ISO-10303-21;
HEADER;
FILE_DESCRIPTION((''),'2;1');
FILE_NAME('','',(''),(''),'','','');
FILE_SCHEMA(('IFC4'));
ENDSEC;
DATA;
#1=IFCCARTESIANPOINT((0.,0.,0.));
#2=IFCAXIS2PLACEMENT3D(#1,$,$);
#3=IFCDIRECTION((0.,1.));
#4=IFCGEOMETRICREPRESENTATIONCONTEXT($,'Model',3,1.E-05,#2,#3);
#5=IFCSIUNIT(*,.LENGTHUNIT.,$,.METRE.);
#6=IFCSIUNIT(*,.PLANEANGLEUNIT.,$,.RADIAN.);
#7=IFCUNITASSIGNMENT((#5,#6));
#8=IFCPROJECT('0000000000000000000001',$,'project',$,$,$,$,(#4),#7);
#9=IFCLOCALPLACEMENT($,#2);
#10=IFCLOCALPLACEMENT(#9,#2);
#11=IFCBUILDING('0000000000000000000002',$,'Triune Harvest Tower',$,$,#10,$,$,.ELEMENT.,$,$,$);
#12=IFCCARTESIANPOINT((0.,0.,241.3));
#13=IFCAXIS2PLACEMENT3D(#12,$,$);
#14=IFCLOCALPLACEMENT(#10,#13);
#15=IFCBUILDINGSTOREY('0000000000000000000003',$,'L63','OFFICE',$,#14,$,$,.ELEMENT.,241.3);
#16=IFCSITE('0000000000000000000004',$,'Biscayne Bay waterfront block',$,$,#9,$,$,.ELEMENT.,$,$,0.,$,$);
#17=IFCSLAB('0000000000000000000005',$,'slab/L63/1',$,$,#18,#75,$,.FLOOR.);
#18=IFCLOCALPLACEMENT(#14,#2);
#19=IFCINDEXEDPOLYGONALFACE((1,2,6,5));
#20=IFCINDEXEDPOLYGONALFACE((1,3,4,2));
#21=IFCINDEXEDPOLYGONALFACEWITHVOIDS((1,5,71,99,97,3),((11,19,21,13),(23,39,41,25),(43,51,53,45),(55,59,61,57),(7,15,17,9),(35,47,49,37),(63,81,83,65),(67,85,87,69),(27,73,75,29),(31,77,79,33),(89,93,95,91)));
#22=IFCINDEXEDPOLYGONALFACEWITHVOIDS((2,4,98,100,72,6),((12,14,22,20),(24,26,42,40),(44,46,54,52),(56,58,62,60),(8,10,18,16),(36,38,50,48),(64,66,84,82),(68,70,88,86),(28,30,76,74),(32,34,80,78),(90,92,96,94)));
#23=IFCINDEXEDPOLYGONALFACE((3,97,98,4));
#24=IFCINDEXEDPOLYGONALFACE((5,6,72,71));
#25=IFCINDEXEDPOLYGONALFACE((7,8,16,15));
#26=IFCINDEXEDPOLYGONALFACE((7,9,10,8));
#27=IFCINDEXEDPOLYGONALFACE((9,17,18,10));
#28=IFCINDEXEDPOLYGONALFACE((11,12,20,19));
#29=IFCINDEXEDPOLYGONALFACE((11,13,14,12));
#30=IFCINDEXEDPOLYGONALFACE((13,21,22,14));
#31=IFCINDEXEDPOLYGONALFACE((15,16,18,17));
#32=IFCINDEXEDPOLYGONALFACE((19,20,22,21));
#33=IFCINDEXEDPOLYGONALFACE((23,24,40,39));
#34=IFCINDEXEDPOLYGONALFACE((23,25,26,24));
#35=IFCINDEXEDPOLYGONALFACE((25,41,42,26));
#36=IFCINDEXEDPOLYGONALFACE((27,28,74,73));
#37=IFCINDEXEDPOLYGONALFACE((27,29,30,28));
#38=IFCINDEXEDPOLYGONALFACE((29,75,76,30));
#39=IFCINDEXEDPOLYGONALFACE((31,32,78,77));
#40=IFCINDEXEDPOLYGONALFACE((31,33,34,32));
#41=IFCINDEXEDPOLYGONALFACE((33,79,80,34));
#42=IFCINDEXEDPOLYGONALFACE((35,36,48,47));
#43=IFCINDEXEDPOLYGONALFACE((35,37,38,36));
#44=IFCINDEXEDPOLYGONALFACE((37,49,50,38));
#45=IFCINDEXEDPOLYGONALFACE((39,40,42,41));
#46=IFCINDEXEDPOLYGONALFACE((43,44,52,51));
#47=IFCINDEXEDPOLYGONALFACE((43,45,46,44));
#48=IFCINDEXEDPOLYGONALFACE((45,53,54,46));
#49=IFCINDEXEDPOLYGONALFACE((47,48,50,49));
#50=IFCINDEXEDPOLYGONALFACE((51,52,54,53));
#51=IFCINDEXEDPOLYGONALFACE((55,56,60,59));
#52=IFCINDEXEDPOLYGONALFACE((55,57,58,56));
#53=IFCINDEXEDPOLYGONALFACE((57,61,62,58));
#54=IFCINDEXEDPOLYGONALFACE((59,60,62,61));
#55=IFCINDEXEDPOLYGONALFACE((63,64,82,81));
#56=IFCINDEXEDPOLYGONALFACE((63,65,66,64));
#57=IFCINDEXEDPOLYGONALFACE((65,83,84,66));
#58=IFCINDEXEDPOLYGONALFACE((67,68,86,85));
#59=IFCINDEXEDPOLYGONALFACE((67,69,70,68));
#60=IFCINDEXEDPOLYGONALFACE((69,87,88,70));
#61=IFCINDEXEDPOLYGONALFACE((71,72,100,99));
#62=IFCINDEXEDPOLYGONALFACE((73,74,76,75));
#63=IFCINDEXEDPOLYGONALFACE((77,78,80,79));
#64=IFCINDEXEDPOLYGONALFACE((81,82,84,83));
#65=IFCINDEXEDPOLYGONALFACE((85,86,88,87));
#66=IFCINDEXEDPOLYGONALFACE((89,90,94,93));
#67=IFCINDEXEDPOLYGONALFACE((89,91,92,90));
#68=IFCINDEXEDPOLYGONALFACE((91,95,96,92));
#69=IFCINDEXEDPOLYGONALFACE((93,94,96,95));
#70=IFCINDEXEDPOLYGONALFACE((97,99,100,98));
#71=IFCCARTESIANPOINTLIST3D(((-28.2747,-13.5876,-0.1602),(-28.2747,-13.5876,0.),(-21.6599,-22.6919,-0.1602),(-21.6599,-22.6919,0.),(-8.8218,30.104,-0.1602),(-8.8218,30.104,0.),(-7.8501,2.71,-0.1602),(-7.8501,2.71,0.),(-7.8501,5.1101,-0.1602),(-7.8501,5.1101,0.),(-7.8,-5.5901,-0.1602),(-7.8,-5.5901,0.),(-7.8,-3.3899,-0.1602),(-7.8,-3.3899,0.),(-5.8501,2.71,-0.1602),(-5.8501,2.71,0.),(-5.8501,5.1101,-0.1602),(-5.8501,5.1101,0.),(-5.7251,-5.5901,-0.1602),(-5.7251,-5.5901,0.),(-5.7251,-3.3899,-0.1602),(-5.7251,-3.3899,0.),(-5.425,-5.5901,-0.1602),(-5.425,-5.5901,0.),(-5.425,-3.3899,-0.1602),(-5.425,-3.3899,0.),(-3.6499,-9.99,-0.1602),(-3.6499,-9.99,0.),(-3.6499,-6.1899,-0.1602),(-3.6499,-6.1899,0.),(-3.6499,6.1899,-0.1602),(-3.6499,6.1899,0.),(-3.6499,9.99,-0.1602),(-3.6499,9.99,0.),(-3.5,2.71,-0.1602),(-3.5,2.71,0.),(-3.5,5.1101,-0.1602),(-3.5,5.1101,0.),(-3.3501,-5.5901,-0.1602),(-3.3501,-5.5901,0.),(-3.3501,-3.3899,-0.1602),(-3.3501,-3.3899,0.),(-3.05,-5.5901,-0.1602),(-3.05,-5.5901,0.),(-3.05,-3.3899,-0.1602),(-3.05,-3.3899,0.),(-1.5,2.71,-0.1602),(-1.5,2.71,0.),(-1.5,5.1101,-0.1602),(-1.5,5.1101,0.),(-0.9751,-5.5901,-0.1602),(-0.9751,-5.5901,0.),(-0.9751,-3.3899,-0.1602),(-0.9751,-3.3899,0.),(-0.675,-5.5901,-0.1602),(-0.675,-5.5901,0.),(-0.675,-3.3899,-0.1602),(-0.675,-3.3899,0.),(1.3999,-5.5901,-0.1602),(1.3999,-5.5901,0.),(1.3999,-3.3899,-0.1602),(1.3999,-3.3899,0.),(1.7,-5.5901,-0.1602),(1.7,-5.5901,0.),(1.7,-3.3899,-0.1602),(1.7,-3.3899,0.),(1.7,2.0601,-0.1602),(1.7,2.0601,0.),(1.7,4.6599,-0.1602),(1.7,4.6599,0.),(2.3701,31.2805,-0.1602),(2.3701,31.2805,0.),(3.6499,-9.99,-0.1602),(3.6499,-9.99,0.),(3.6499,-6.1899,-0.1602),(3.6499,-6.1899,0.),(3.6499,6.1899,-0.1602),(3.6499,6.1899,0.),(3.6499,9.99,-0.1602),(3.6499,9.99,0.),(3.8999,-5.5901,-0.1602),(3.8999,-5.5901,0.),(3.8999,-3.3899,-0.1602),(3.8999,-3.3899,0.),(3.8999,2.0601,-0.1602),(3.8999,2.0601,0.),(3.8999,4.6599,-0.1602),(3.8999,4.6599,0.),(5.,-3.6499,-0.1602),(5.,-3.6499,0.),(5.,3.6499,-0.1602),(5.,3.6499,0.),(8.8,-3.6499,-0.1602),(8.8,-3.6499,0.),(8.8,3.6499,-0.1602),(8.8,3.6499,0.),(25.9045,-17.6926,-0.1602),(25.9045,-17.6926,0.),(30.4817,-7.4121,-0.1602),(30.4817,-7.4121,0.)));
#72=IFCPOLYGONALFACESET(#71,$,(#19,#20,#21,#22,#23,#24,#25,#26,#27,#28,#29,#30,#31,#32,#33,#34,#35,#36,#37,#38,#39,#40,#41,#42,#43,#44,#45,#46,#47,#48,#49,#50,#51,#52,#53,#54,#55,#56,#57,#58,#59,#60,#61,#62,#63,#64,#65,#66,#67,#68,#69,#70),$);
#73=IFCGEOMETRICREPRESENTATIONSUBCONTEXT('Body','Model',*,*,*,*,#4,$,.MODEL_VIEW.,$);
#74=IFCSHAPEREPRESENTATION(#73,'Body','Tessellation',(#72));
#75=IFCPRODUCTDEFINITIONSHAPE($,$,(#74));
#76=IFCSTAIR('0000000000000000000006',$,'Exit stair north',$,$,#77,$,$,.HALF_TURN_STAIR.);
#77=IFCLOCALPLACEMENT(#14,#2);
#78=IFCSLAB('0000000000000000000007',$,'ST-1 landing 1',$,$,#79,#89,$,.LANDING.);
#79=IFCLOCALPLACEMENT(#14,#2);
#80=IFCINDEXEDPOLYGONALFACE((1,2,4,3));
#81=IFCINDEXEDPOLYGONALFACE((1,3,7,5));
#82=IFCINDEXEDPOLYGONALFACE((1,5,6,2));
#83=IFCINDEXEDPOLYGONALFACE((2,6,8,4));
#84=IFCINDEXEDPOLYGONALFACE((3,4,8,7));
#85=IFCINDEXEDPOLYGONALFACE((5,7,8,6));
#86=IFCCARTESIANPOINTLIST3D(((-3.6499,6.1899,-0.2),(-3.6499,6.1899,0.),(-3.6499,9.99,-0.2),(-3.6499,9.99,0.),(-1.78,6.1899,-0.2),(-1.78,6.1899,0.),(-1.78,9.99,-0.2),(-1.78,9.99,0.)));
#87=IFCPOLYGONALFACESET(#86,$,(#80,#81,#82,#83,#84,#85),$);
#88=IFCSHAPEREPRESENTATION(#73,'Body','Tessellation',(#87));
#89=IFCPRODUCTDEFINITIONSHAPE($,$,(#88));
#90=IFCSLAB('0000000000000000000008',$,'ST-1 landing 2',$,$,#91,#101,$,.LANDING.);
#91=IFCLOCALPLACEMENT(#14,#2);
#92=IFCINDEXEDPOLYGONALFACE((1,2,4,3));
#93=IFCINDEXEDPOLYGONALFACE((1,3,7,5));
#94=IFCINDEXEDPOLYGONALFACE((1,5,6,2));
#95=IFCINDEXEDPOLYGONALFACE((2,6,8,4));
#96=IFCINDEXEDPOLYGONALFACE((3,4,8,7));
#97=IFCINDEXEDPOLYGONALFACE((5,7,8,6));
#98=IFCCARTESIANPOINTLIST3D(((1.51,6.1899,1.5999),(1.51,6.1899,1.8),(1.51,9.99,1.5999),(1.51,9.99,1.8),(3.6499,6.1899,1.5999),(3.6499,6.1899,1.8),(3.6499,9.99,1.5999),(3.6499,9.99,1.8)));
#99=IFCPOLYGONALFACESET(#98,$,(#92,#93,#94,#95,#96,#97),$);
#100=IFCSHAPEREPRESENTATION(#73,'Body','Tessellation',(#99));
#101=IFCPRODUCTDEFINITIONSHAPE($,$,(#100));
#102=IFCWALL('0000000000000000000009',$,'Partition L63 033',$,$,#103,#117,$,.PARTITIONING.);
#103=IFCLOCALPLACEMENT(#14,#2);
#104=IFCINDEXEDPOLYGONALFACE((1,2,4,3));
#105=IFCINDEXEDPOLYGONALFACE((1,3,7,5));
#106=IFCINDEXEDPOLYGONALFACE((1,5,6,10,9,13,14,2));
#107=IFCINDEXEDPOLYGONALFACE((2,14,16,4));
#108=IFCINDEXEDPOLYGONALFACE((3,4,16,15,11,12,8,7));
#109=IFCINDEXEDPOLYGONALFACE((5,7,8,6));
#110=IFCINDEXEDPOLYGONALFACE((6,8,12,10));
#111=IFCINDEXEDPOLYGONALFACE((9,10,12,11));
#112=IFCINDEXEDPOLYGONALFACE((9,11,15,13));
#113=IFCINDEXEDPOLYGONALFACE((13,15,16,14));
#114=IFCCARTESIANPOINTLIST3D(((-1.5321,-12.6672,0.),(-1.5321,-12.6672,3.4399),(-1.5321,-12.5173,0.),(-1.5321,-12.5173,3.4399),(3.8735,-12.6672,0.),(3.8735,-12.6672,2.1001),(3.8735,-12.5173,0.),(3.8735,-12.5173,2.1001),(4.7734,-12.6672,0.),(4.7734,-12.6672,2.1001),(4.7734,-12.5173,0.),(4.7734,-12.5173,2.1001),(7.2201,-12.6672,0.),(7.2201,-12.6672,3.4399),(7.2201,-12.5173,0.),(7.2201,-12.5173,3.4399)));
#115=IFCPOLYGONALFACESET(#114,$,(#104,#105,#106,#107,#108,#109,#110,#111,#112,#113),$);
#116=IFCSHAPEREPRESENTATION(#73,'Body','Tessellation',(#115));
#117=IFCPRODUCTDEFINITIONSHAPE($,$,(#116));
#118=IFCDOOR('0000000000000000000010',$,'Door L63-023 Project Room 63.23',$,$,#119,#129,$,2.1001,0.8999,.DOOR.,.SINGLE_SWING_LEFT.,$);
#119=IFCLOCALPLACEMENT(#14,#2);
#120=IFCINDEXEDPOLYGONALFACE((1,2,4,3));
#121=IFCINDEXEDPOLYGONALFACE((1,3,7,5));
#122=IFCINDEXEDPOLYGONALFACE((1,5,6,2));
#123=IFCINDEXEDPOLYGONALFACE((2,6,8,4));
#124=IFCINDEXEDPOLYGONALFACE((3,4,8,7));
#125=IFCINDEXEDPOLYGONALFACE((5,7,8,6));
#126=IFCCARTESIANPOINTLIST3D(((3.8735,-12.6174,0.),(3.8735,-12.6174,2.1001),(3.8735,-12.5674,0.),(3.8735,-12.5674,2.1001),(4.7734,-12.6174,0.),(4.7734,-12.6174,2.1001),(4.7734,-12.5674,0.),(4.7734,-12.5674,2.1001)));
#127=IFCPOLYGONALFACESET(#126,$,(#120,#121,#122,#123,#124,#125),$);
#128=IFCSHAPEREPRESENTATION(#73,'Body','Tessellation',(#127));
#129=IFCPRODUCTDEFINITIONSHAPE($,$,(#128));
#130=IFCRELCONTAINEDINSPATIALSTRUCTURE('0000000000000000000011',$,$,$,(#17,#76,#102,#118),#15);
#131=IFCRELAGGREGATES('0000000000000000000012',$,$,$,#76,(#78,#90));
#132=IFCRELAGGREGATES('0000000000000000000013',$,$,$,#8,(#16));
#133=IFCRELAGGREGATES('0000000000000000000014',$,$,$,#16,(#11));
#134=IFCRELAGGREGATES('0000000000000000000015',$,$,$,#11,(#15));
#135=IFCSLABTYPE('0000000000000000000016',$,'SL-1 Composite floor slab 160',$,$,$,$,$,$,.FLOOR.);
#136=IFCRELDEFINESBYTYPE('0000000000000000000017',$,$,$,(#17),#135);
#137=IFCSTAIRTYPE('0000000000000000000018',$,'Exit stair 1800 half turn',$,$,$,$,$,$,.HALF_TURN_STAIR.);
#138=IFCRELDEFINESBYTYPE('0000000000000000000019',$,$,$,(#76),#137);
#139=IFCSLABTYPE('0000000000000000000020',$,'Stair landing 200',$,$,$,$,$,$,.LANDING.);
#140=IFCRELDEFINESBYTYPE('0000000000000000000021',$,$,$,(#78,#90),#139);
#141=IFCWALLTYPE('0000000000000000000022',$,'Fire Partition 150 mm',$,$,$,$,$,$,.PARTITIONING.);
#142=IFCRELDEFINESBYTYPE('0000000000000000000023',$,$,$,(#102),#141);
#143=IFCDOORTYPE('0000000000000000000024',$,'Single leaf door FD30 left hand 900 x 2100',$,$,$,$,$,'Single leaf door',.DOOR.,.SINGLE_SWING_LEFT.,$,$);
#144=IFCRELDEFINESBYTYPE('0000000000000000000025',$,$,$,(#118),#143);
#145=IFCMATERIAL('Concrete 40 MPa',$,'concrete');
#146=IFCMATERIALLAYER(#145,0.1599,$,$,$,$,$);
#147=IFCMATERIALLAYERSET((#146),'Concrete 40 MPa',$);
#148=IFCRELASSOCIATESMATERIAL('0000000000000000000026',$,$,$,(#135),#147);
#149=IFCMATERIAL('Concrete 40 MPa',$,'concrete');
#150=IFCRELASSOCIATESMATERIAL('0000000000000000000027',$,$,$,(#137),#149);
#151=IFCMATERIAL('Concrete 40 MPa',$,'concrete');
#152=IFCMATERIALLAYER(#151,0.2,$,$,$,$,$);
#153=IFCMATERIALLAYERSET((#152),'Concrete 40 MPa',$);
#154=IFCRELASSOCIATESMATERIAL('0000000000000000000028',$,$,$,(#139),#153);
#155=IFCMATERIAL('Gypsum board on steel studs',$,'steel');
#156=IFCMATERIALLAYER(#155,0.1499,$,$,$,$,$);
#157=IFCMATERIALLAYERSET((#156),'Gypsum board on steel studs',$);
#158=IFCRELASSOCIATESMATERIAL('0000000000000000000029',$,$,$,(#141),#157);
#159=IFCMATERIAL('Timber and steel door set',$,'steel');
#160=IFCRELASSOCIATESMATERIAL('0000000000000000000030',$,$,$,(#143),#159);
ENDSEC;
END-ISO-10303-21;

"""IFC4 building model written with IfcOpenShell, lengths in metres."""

from ifc_helpers import new_model, si_unit, direction, frame, frame_2d, origin, place, context, subcontext, project, spatial, polyline, rectangle, outline, extrude, source, transform, mapped, material, layer, layer_set, type_object, element, fill, aggregate, save


model = new_model("IFC4")

# Units and contexts
model_context = context("Model", 3, precision=1e-05, world=origin(), true_north=direction((0.0, 1.0)))
body_context = subcontext(model_context, "Body", "Model", "MODEL_VIEW")
ifc_project = project(units=[si_unit("LENGTHUNIT", "METRE"), si_unit("PLANEANGLEUNIT", "RADIAN")], contexts=[model_context])

# Site, building, storey
site_placement = place(None, origin())
site = spatial("IfcSite", under=ifc_project, at=site_placement, Name="Biscayne Bay waterfront block", CompositionType="ELEMENT", RefElevation=0.0)
building_placement = place(site_placement, origin())
building = spatial("IfcBuilding", under=site, at=building_placement, Name="Triune Harvest Tower", CompositionType="ELEMENT")
storey_placement = place(building_placement, frame((0.0, 0.0, 241.3)))
storey = spatial("IfcBuildingStorey", under=building, at=storey_placement, Name="L63", Description="OFFICE", CompositionType="ELEMENT", Elevation=241.3)

# Slab
ifc_material_1 = material(Name="Concrete 40 MPa", Category="concrete")
ifc_layer_1 = layer(ifc_material_1, 0.1599)
ifc_layer_set_1 = layer_set([ifc_layer_1], Name="Concrete 40 MPa")
slab_type_1 = type_object("IfcSlabType", Name="SL-1 Composite floor slab 160", PredefinedType="FLOOR", material=ifc_layer_set_1)
shared_shape_1 = source(origin(), body_context, "Body", "SweptSolid", [
    extrude(outline(polyline([(30.4817, -7.4121), (2.3701, 31.2805), (-8.8218, 30.104), (-28.2747, -13.5876), (-21.6599, -22.6919), (25.9045, -17.6926), (30.4817, -7.4121)]), holes=[polyline([(-5.7251, -5.5901), (-5.7251, -3.3899), (-7.8, -3.3899), (-7.8, -5.5901), (-5.7251, -5.5901)]), polyline([(-3.3501, -5.5901), (-3.3501, -3.3899), (-5.425, -3.3899), (-5.425, -5.5901), (-3.3501, -5.5901)]), polyline([(-0.9751, -5.5901), (-0.9751, -3.3899), (-3.05, -3.3899), (-3.05, -5.5901), (-0.9751, -5.5901)]), polyline([(1.3999, -5.5901), (1.3999, -3.3899), (-0.675, -3.3899), (-0.675, -5.5901), (1.3999, -5.5901)]), polyline([(3.8999, 2.0601), (3.8999, 4.6599), (1.7, 4.6599), (1.7, 2.0601), (3.8999, 2.0601)]), polyline([(3.8999, -5.5901), (3.8999, -3.3899), (1.7, -3.3899), (1.7, -5.5901), (3.8999, -5.5901)]), polyline([(-5.8501, 2.71), (-5.8501, 5.1101), (-7.8501, 5.1101), (-7.8501, 2.71), (-5.8501, 2.71)]), polyline([(-1.5, 2.71), (-1.5, 5.1101), (-3.5, 5.1101), (-3.5, 2.71), (-1.5, 2.71)]), polyline([(3.6499, 6.1899), (3.6499, 9.99), (-3.6499, 9.99), (-3.6499, 6.1899), (3.6499, 6.1899)]), polyline([(3.6499, -9.99), (3.6499, -6.1899), (-3.6499, -6.1899), (-3.6499, -9.99), (3.6499, -9.99)]), polyline([(8.8, -3.6499), (8.8, 3.6499), (5.0, 3.6499), (5.0, -3.6499), (8.8, -3.6499)])]), origin(), (0.0, 0.0, 1.0), 0.1602),
])
slab_1_placement = place(storey_placement, frame((0.0, 0.0, -0.1602)))
element("IfcSlab", 1, at=slab_1_placement, inside=storey, type_object=slab_type_1, Name="slab/L63/1", PredefinedType="FLOOR", context=body_context, shape_type="MappedRepresentation", body=[
    mapped(shared_shape_1, transform((0.0, 0.0, 0.0), scale=1.0)),
])

# Stair, slabs
ifc_material_2 = material(Name="Concrete 40 MPa", Category="concrete")
stair_type = type_object("IfcStairType", Name="Exit stair 1800 half turn", PredefinedType="HALF_TURN_STAIR", material=ifc_material_2)
stair_1_placement = place(storey_placement, origin())
stair_1 = element("IfcStair", 2, at=stair_1_placement, inside=storey, type_object=stair_type, Name="Exit stair north", PredefinedType="HALF_TURN_STAIR")
ifc_material_3 = material(Name="Concrete 40 MPa", Category="concrete")
ifc_layer_2 = layer(ifc_material_3, 0.2)
ifc_layer_set_2 = layer_set([ifc_layer_2], Name="Concrete 40 MPa")
slab_type_2 = type_object("IfcSlabType", Name="Stair landing 200", PredefinedType="LANDING", material=ifc_layer_set_2)
shared_shape_2 = source(origin(), body_context, "Body", "SweptSolid", [
    extrude(outline(polyline([(-3.6499, 6.1899), (-1.78, 6.1899), (-1.78, 9.99), (-3.6499, 9.99), (-3.6499, 6.1899)])), origin(), (0.0, 0.0, 1.0), 0.2),
])
slab_2_placement = place(storey_placement, frame((0.0, 0.0, -0.2)))
slab_2 = element("IfcSlab", 3, at=slab_2_placement, type_object=slab_type_2, Name="ST-1 landing 1", PredefinedType="LANDING", context=body_context, shape_type="MappedRepresentation", body=[
    mapped(shared_shape_2, transform((0.0, 0.0, 0.0), scale=1.0)),
])
shared_shape_3 = source(origin(), body_context, "Body", "SweptSolid", [
    extrude(outline(polyline([(1.51, 6.1899), (3.6499, 6.1899), (3.6499, 9.99), (1.51, 9.99), (1.51, 6.1899)])), origin(), (0.0, 0.0, 1.0), 0.2002),
])
slab_3_placement = place(storey_placement, frame((0.0, 0.0, 1.5999)))
slab_3 = element("IfcSlab", 4, at=slab_3_placement, type_object=slab_type_2, Name="ST-1 landing 2", PredefinedType="LANDING", context=body_context, shape_type="MappedRepresentation", body=[
    mapped(shared_shape_3, transform((0.0, 0.0, 0.0), scale=1.0)),
])
aggregate(stair_1, [slab_2, slab_3])

# Wall, opening, door
ifc_material_4 = material(Name="Gypsum board on steel studs", Category="steel")
ifc_layer_3 = layer(ifc_material_4, 0.1499)
ifc_layer_set_3 = layer_set([ifc_layer_3], Name="Gypsum board on steel studs")
wall_type_1 = type_object("IfcWallType", Name="Fire Partition 150 mm", PredefinedType="PARTITIONING", material=ifc_layer_set_3)
wall_1_placement = place(storey_placement, frame((-1.532, -12.5923, 0.0), z_axis=(0.0, 0.0, 1.0), x_axis=(1.0, 0.0, 0.0)))
wall_1 = element("IfcWall", 5, at=wall_1_placement, inside=storey, type_object=wall_type_1, Name="Partition L63 033", PredefinedType="PARTITIONING", context=body_context, shape_type="SweptSolid", body=[
    extrude(rectangle(XDim=8.7522, YDim=0.1499, at=frame_2d((4.376, 0.0))), origin(), (0.0, 0.0, 1.0), 3.4399),
])
opening_1_placement = place(wall_1_placement, frame((5.4055, 0.0, 0.0)))
opening_1 = element("IfcOpeningElement", 6, at=opening_1_placement, cuts=wall_1, PredefinedType="OPENING", context=body_context, shape_type="SweptSolid", body=[
    extrude(rectangle(XDim=0.8999, YDim=2.1001, at=frame_2d((0.45, 1.05))), frame((0.0, 0.085, 0.0), z_axis=(0.0, -1.0, 0.0), x_axis=(1.0, 0.0, 0.0)), (0.0, 0.0, 1.0), 0.1699),
])
ifc_material_5 = material(Name="Timber and steel door set", Category="steel")
door_type_1 = type_object("IfcDoorType", Name="Single leaf door FD30 left hand 900 x 2100", ElementType="Single leaf door", OperationType="SINGLE_SWING_LEFT", PredefinedType="DOOR", material=ifc_material_5)
door_1_placement = place(opening_1_placement, origin())
door_1 = element("IfcDoor", 7, at=door_1_placement, inside=storey, type_object=door_type_1, Name="Door L63-023 Project Room 63.23", OperationType="SINGLE_SWING_LEFT", OverallHeight=2.1001, OverallWidth=0.8999, PredefinedType="DOOR", context=body_context, shape_type="SweptSolid", body=[
    extrude(rectangle(XDim=0.8999, YDim=2.1001, at=frame_2d((0.45, 1.05))), frame((0.0, 0.0249, 0.0), z_axis=(0.0, -1.0, 0.0), x_axis=(1.0, 0.0, 0.0)), (0.0, 0.0, 1.0), 0.05),
])
fill(opening_1, door_1)

save(model, "model.ifc")
